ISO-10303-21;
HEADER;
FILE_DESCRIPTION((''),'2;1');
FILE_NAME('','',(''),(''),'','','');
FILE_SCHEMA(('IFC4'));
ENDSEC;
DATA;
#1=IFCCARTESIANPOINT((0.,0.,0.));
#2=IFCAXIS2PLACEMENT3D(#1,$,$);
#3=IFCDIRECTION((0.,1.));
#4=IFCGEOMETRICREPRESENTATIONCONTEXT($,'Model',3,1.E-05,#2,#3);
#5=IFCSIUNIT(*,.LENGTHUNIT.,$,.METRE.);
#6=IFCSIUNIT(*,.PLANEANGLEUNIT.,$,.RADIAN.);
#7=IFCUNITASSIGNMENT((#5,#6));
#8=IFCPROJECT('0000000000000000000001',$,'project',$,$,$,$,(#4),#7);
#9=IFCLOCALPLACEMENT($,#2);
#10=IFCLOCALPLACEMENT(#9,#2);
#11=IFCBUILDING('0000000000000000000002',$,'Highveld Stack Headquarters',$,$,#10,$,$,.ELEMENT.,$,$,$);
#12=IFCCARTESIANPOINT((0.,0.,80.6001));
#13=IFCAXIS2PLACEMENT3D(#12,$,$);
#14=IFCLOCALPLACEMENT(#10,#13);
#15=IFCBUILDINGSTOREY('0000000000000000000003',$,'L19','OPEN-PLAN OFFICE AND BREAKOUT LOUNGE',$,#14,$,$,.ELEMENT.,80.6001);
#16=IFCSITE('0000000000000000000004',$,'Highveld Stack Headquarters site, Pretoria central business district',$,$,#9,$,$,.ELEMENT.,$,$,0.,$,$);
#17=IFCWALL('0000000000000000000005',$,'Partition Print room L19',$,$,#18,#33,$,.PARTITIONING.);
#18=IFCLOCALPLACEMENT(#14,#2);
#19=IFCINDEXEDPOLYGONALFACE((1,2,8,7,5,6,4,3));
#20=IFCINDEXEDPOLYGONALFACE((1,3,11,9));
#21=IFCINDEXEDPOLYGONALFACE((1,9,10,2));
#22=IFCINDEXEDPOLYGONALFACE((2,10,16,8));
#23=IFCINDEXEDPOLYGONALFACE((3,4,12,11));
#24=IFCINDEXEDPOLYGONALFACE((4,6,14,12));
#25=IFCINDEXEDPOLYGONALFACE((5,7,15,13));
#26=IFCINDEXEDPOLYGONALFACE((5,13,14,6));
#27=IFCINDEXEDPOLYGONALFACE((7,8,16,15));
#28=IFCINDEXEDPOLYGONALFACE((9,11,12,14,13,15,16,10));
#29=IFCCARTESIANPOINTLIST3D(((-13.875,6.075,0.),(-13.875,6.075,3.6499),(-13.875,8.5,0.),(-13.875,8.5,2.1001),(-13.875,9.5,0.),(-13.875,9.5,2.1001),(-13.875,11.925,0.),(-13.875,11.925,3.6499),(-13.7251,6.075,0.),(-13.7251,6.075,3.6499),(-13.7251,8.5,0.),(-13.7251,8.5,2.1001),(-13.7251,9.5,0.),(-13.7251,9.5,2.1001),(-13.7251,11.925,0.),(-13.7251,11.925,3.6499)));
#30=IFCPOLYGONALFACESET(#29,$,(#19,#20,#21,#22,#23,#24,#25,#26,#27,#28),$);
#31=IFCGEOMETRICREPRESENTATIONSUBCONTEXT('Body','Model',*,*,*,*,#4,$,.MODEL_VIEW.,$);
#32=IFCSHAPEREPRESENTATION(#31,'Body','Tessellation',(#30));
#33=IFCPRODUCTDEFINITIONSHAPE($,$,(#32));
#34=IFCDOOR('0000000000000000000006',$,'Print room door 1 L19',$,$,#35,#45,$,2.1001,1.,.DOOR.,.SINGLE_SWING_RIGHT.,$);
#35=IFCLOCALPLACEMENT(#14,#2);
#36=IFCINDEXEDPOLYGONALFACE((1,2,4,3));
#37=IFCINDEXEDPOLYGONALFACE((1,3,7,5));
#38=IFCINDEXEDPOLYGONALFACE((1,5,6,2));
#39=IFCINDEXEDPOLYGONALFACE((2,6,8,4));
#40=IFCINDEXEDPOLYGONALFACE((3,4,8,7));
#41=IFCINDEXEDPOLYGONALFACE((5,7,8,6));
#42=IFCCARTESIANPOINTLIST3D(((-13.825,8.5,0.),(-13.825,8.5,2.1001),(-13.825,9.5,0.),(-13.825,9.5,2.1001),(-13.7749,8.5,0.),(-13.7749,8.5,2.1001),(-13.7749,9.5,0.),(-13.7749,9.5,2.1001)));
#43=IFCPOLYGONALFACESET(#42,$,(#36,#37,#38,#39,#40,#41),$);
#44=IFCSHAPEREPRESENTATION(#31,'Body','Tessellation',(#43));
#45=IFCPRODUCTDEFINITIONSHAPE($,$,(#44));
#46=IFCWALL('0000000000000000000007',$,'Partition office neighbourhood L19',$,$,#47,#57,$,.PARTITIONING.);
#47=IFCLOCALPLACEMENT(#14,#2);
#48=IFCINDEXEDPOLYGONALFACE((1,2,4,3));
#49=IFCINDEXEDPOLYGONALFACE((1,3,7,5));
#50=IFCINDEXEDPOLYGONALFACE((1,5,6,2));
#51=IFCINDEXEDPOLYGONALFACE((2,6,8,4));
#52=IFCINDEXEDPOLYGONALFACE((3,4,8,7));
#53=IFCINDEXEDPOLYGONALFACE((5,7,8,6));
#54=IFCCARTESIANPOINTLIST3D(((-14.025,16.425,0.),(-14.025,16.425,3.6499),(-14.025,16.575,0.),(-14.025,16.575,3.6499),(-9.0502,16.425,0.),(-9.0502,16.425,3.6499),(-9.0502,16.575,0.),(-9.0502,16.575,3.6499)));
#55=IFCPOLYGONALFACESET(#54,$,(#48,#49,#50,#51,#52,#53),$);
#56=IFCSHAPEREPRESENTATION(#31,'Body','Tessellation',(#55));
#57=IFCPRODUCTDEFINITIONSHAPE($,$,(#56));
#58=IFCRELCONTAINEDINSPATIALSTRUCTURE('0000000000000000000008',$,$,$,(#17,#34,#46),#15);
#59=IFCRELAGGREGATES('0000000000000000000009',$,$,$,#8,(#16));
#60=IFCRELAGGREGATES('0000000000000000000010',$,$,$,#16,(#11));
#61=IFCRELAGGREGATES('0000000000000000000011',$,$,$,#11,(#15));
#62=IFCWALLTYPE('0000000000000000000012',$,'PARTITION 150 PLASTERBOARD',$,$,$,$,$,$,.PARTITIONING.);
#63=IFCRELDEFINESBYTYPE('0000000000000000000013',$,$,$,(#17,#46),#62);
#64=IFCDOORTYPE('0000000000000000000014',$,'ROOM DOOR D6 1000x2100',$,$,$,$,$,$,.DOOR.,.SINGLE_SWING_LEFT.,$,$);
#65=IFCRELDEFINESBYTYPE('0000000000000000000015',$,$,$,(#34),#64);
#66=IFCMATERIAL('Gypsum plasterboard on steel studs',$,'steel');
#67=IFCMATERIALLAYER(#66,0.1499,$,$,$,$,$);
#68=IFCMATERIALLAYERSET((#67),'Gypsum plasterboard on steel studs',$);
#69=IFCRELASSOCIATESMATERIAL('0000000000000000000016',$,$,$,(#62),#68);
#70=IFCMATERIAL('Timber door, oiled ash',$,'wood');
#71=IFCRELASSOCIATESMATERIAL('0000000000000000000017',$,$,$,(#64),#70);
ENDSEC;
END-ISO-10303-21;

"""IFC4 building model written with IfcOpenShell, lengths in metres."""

from ifc_helpers import new_model, si_unit, direction, frame, frame_2d, origin, place, context, subcontext, project, spatial, rectangle, extrude, material, layer, layer_set, type_object, element, fill, save


model = new_model("IFC4")

# Units and contexts
model_context = context("Model", 3, precision=1e-05, world=origin(), true_north=direction((0.0, 1.0)))
body_context = subcontext(model_context, "Body", "Model", "MODEL_VIEW")
ifc_project = project(units=[si_unit("LENGTHUNIT", "METRE"), si_unit("PLANEANGLEUNIT", "RADIAN")], contexts=[model_context])

# Site, building, storey
site_placement = place(None, origin())
site = spatial("IfcSite", under=ifc_project, at=site_placement, Name="Highveld Stack Headquarters site, Pretoria central business district", CompositionType="ELEMENT", RefElevation=0.0)
building_placement = place(site_placement, origin())
building = spatial("IfcBuilding", under=site, at=building_placement, Name="Highveld Stack Headquarters", CompositionType="ELEMENT")
storey_placement = place(building_placement, frame((0.0, 0.0, 80.6001)))
storey = spatial("IfcBuildingStorey", under=building, at=storey_placement, Name="L19", Description="OPEN-PLAN OFFICE AND BREAKOUT LOUNGE", CompositionType="ELEMENT", Elevation=80.6001)

# Shared definitions
ifc_material_1 = material(Name="Gypsum plasterboard on steel studs", Category="steel")
ifc_layer_1 = layer(ifc_material_1, 0.1499)
ifc_layer_set_1 = layer_set([ifc_layer_1], Name="Gypsum plasterboard on steel studs")
wall_type = type_object("IfcWallType", Name="PARTITION 150 PLASTERBOARD", PredefinedType="PARTITIONING", material=ifc_layer_set_1)

# Wall, opening, door
ifc_material_2 = material(Name="Timber door, oiled ash", Category="wood")
door_type = type_object("IfcDoorType", Name="ROOM DOOR D6 1000x2100", OperationType="SINGLE_SWING_LEFT", PredefinedType="DOOR", material=ifc_material_2)
wall_1_placement = place(storey_placement, frame((-13.8, 6.075, 0.0), z_axis=(0.0, 0.0, 1.0), x_axis=(0.0, 1.0, 0.0)))
wall_1 = element("IfcWall", 1, at=wall_1_placement, inside=storey, type_object=wall_type, Name="Partition Print room L19", PredefinedType="PARTITIONING", context=body_context, shape_type="SweptSolid", body=[
    extrude(rectangle(XDim=5.8501, YDim=0.1499, at=frame_2d((2.925, 0.0))), origin(), (0.0, 0.0, 1.0), 3.6499),
])
opening_1_placement = place(wall_1_placement, frame((2.425, 0.0, 0.0)))
opening_1 = element("IfcOpeningElement", 2, at=opening_1_placement, cuts=wall_1, PredefinedType="OPENING", context=body_context, shape_type="SweptSolid", body=[
    extrude(rectangle(XDim=1.0, YDim=2.1001, at=frame_2d((0.5, 1.05))), frame((0.0, 0.085, 0.0), z_axis=(0.0, -1.0, 0.0), x_axis=(1.0, 0.0, 0.0)), (0.0, 0.0, 1.0), 0.1699),
])
door_1_placement = place(opening_1_placement, origin())
door_1 = element("IfcDoor", 3, at=door_1_placement, inside=storey, type_object=door_type, Name="Print room door 1 L19", OperationType="SINGLE_SWING_RIGHT", OverallHeight=2.1001, OverallWidth=1.0, PredefinedType="DOOR", context=body_context, shape_type="SweptSolid", body=[
    extrude(rectangle(XDim=1.0, YDim=2.1001, at=frame_2d((0.5, 1.05))), frame((0.0, 0.0249, 0.0), z_axis=(0.0, -1.0, 0.0), x_axis=(1.0, 0.0, 0.0)), (0.0, 0.0, 1.0), 0.05),
])
fill(opening_1, door_1)

# Wall
wall_2_placement = place(storey_placement, frame((-14.0249, 16.5, 0.0), z_axis=(0.0, 0.0, 1.0), x_axis=(1.0, 0.0, 0.0)))
element("IfcWall", 4, at=wall_2_placement, inside=storey, type_object=wall_type, Name="Partition office neighbourhood L19", PredefinedType="PARTITIONING", context=body_context, shape_type="SweptSolid", body=[
    extrude(rectangle(XDim=4.9749, YDim=0.1499, at=frame_2d((2.4873, 0.0))), origin(), (0.0, 0.0, 1.0), 3.6499),
])

save(model, "model.ifc")
